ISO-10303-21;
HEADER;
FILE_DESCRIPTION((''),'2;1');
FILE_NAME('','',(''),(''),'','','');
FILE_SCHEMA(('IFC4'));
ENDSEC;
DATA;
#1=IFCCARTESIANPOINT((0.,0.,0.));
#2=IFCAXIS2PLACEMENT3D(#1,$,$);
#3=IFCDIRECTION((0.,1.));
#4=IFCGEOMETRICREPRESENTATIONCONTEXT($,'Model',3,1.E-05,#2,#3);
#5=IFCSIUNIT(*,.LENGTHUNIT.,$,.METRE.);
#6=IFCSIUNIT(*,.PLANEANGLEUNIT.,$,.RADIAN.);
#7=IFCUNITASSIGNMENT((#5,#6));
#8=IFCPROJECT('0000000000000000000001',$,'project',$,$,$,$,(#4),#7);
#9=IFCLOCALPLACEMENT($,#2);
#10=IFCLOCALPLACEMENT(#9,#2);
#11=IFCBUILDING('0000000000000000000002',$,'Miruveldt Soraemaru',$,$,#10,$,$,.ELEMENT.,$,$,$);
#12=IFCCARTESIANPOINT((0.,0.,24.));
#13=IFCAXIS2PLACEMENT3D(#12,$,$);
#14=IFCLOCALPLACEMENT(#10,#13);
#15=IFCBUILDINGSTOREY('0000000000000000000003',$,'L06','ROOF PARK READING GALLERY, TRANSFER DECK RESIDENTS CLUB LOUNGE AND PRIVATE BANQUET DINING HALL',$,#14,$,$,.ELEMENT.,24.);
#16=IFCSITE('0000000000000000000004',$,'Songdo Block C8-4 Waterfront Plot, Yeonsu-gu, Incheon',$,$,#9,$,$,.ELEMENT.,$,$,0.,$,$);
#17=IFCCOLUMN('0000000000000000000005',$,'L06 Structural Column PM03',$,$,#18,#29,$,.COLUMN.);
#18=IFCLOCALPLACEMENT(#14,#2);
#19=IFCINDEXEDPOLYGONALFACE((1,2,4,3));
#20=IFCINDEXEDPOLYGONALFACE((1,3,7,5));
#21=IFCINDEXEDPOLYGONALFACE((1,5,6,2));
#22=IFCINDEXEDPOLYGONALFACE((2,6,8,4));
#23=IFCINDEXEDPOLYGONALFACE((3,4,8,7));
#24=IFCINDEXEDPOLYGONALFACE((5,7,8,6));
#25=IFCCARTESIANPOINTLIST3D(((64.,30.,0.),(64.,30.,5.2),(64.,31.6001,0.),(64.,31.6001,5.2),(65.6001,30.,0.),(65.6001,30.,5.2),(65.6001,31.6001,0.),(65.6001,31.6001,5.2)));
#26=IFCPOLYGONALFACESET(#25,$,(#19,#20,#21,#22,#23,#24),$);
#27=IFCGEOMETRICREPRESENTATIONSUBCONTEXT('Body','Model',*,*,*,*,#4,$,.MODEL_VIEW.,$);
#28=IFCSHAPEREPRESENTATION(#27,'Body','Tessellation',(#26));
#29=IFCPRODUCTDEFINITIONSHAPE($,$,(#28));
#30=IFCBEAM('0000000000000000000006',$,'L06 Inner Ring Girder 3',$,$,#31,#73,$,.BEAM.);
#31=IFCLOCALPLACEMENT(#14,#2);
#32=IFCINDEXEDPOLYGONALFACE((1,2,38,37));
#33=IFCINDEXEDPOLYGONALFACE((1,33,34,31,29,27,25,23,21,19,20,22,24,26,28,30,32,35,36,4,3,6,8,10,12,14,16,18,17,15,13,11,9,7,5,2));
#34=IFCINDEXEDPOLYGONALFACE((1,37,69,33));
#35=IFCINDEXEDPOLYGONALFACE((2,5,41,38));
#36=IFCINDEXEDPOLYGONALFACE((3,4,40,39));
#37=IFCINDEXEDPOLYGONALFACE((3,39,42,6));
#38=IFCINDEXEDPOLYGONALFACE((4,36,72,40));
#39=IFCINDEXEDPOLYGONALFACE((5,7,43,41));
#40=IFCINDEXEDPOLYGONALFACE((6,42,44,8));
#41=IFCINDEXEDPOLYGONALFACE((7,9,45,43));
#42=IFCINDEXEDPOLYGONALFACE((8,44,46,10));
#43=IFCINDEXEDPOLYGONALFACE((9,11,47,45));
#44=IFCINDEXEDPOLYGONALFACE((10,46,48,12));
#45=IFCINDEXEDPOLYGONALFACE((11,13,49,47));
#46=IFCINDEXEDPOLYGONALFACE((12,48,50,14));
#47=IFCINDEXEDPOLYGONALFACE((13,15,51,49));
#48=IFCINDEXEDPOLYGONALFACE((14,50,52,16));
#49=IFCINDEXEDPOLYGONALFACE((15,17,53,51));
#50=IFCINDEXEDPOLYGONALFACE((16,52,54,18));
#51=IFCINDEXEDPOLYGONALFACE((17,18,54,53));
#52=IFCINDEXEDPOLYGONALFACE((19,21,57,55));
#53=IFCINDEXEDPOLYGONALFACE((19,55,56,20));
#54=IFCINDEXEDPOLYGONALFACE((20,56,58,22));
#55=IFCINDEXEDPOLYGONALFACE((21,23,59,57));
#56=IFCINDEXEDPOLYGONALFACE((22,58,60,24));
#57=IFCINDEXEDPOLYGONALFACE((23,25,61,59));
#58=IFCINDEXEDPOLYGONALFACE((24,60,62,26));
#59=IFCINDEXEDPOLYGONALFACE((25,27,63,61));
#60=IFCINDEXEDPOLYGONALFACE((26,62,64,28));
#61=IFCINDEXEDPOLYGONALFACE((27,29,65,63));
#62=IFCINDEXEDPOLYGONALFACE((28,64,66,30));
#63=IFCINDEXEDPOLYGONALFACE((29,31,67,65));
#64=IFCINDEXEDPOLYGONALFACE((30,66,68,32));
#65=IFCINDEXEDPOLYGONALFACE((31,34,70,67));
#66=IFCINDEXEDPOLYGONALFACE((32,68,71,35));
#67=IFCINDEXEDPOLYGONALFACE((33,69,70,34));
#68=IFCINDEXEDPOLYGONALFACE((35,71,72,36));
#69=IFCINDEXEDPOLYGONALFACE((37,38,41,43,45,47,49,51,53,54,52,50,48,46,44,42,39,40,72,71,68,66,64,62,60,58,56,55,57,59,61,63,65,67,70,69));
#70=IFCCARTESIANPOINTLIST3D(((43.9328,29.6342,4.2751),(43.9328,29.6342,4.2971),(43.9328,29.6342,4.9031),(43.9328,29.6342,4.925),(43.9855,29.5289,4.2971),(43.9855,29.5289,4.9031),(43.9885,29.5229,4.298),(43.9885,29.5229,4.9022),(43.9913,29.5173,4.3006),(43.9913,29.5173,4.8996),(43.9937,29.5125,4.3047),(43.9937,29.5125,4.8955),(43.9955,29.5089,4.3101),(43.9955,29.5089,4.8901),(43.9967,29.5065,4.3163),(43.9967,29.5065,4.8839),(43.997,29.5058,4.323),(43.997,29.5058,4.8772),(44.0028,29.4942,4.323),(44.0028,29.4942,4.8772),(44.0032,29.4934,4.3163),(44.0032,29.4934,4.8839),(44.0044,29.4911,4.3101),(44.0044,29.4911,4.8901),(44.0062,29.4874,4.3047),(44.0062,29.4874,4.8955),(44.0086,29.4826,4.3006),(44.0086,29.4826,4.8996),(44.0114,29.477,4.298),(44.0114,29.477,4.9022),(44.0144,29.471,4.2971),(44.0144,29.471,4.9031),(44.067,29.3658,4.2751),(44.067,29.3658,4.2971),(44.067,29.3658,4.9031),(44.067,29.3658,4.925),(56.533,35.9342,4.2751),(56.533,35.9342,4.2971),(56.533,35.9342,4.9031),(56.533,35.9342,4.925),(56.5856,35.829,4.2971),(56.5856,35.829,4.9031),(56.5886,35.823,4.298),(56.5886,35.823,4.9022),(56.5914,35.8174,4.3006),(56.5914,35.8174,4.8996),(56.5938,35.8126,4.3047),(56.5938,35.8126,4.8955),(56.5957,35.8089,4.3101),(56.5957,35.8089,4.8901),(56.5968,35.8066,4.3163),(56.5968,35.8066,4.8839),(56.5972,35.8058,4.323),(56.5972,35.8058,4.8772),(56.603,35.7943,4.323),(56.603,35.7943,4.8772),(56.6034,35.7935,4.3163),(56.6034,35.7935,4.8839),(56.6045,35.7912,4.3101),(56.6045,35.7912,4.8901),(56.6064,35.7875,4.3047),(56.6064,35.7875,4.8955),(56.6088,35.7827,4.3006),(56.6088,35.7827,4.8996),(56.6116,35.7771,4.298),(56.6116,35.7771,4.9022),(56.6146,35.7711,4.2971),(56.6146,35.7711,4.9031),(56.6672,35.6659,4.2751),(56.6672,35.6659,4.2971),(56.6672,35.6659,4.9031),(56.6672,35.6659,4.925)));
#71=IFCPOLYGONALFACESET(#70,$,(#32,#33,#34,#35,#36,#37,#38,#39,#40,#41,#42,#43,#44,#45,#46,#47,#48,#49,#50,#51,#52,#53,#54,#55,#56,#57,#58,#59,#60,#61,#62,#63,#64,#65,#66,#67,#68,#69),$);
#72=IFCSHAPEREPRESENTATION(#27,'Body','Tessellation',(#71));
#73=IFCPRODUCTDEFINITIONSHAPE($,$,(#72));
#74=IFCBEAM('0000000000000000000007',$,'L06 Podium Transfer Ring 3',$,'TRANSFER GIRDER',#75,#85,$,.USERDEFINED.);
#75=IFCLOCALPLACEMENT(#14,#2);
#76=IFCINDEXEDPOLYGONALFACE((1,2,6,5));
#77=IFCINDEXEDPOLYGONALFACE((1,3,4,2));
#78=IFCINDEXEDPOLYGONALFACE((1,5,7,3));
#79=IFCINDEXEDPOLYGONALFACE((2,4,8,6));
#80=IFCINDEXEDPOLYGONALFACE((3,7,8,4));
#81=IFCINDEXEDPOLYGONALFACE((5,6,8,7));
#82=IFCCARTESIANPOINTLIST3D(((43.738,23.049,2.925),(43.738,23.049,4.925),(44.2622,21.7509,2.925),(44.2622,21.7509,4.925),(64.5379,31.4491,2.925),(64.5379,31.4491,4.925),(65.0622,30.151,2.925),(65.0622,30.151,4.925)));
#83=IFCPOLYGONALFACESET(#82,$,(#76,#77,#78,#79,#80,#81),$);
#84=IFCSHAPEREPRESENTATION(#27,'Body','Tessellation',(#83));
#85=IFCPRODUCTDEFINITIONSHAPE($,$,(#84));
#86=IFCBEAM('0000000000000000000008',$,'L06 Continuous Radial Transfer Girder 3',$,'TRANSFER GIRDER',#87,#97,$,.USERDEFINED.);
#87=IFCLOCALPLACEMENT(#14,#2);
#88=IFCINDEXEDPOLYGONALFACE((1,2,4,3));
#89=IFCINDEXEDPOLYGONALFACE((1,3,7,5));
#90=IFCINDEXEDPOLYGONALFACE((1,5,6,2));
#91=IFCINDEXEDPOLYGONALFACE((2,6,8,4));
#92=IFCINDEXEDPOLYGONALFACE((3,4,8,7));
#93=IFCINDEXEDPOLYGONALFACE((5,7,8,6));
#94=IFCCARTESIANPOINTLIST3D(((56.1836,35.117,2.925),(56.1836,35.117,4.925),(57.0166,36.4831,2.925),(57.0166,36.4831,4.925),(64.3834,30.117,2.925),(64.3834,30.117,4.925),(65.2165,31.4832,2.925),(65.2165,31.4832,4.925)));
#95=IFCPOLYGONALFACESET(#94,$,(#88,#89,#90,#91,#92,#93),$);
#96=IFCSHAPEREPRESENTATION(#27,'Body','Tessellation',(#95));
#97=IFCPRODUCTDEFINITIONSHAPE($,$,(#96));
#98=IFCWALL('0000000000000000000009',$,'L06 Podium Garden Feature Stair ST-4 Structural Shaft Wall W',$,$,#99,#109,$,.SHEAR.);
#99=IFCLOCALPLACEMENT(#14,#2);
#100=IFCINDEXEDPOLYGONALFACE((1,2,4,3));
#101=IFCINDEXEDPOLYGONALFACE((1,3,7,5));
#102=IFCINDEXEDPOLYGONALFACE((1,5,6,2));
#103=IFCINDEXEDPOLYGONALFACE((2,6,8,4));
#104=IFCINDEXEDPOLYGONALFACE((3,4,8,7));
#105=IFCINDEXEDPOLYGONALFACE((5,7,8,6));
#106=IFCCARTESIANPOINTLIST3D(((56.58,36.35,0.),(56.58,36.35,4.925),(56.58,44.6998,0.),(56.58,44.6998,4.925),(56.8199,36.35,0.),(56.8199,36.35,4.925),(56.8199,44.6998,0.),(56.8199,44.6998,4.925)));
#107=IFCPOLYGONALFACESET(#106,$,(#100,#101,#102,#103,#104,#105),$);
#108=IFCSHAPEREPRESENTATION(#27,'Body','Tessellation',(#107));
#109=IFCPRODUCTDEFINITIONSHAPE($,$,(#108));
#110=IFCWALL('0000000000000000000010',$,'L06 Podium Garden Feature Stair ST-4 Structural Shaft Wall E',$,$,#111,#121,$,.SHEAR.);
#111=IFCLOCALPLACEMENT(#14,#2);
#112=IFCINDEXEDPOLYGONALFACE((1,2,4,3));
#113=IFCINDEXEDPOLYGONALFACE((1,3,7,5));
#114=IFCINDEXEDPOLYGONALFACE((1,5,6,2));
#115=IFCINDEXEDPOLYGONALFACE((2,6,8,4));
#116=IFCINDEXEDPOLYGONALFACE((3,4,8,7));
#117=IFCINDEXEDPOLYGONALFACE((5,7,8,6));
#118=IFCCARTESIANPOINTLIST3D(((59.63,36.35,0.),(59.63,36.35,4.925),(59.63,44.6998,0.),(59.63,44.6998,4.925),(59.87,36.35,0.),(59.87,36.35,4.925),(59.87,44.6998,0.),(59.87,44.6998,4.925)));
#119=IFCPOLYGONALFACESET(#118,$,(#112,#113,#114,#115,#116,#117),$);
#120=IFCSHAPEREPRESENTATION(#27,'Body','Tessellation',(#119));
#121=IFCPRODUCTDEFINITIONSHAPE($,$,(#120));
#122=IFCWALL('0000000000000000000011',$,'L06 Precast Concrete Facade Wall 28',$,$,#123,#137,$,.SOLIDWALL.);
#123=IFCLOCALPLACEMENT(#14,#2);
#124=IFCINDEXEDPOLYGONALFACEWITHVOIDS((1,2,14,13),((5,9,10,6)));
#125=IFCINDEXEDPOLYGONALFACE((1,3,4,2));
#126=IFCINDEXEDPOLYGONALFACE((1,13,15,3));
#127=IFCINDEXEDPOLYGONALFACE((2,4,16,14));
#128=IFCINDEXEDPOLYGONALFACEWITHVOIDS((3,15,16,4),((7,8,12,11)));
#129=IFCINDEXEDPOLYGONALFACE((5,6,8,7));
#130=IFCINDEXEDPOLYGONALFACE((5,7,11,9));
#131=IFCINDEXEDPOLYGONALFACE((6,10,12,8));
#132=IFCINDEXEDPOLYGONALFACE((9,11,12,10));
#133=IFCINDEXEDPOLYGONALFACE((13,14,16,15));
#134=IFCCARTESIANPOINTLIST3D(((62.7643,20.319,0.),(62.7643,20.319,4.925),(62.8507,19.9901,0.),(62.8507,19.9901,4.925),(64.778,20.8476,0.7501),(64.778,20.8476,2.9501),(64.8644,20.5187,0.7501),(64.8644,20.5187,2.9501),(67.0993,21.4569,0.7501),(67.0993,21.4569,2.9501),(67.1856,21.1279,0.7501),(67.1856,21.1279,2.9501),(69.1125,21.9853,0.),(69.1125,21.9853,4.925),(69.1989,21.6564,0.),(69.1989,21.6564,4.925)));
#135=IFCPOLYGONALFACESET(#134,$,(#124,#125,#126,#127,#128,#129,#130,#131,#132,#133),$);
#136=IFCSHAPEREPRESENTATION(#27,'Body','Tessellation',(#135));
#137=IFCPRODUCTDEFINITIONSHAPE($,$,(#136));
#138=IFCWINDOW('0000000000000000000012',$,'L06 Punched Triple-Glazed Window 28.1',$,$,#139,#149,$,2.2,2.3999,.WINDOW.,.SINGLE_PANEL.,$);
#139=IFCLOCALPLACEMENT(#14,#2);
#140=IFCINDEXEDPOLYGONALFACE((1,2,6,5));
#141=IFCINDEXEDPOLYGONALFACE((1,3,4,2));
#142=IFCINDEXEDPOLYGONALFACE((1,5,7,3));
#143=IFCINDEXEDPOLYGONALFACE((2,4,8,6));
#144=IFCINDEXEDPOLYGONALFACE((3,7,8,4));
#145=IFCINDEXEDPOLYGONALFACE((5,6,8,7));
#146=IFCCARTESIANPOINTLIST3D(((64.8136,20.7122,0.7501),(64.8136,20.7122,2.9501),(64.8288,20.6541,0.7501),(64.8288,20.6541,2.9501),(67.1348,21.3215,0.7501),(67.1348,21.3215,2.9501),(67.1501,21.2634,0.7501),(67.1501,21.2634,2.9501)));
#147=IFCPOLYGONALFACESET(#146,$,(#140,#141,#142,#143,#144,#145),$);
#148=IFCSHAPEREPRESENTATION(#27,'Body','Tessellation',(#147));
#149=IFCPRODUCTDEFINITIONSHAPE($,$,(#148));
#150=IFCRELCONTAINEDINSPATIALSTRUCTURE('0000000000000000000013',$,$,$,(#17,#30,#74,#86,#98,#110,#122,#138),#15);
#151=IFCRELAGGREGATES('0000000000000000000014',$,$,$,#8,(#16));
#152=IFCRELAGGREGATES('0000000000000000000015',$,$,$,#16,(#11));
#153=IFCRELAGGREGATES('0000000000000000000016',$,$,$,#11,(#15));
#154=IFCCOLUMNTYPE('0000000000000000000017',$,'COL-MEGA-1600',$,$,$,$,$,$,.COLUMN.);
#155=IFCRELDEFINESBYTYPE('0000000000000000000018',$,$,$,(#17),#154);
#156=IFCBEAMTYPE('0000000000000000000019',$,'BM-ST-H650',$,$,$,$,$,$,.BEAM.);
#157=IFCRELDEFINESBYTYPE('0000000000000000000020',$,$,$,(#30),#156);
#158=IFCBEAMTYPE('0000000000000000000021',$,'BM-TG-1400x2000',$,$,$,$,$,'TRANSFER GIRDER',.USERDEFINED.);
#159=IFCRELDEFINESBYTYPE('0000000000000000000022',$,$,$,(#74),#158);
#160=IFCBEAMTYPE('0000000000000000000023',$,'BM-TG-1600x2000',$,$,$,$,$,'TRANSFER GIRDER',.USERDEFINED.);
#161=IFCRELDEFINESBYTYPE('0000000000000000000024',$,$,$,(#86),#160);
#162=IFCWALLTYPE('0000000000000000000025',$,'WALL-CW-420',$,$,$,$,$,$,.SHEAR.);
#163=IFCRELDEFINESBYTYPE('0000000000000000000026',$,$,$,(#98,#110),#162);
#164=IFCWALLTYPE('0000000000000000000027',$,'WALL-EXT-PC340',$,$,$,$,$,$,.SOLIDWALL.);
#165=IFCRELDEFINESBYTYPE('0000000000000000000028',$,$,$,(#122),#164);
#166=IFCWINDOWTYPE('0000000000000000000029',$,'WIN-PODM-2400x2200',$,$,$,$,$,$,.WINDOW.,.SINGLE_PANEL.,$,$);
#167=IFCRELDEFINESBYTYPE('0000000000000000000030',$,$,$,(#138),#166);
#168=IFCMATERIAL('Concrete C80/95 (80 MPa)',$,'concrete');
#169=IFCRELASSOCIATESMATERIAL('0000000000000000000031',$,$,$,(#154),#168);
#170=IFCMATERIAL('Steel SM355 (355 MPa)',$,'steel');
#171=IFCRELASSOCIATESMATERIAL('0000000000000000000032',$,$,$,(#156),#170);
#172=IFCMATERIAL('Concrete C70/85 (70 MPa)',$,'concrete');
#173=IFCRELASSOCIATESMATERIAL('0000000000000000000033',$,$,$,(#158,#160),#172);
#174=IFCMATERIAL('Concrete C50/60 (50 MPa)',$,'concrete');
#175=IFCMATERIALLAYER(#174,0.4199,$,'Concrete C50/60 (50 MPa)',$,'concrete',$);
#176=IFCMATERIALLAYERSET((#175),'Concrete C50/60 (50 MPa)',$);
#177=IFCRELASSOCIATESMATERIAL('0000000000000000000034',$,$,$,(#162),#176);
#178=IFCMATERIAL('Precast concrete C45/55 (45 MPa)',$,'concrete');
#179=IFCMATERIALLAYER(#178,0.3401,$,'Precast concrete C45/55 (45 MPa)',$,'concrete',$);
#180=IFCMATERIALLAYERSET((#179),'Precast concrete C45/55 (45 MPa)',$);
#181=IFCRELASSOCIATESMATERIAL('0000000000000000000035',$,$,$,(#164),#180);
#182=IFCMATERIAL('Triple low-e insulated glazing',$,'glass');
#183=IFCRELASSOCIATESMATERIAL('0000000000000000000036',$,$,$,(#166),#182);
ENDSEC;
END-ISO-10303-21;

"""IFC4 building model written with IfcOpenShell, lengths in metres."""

from ifc_helpers import new_model, si_unit, direction, frame, frame_2d, origin, origin_2d, place, context, subcontext, project, spatial, rectangle, i_section, extrude, material, layer, layer_set, material_profile, profile_set, type_object, element, fill, save


model = new_model("IFC4")

# Units and contexts
model_context = context("Model", 3, precision=1e-05, world=origin(), true_north=direction((0.0, 1.0)))
body_context = subcontext(model_context, "Body", "Model", "MODEL_VIEW")
ifc_project = project(units=[si_unit("LENGTHUNIT", "METRE"), si_unit("PLANEANGLEUNIT", "RADIAN")], contexts=[model_context])

# Site, building, storey
site_placement = place(None, origin())
site = spatial("IfcSite", under=ifc_project, at=site_placement, Name="Songdo Block C8-4 Waterfront Plot, Yeonsu-gu, Incheon", CompositionType="ELEMENT", RefElevation=0.0)
building_placement = place(site_placement, origin())
building = spatial("IfcBuilding", under=site, at=building_placement, Name="Miruveldt Soraemaru", CompositionType="ELEMENT")
storey_placement = place(building_placement, frame((0.0, 0.0, 24.0)))
storey = spatial("IfcBuildingStorey", under=building, at=storey_placement, Name="L06", Description="ROOF PARK READING GALLERY, TRANSFER DECK RESIDENTS CLUB LOUNGE AND PRIVATE BANQUET DINING HALL", CompositionType="ELEMENT", Elevation=24.0)

# Column
ifc_material_1 = material(Name="Concrete C80/95 (80 MPa)", Category="concrete")
ifc_material_profile_1 = material_profile(ifc_material_1, rectangle(XDim=1.6001, YDim=1.6001, at=origin_2d()), Name="Concrete C80/95 (80 MPa)", Category="concrete")
ifc_profile_set_1 = profile_set([ifc_material_profile_1], Name="Concrete C80/95 (80 MPa)")
column_type = type_object("IfcColumnType", Name="COL-MEGA-1600", PredefinedType="COLUMN", material=ifc_profile_set_1)
column_placement = place(storey_placement, frame((64.8, 30.8, 0.0), z_axis=(0.0, 0.0, 1.0), x_axis=(1.0, 0.0, 0.0)))
element("IfcColumn", 1, at=column_placement, inside=storey, type_object=column_type, Name="L06 Structural Column PM03", PredefinedType="COLUMN", context=body_context, shape_type="SweptSolid", body=[
    extrude(rectangle(XDim=1.6001, YDim=1.6001, at=origin_2d()), origin(), (0.0, 0.0, 1.0), 5.2),
])

# Beams
ifc_material_2 = material(Name="Steel SM355 (355 MPa)", Category="steel")
ifc_material_profile_2 = material_profile(ifc_material_2, i_section(OverallWidth=0.3, OverallDepth=0.6499, WebThickness=0.0129, FlangeThickness=0.022, FilletRadius=0.0259, at=origin_2d()), Name="Steel SM355 (355 MPa)", Category="steel")
ifc_profile_set_2 = profile_set([ifc_material_profile_2], Name="Steel SM355 (355 MPa)")
beam_type_1 = type_object("IfcBeamType", Name="BM-ST-H650", PredefinedType="BEAM", material=ifc_profile_set_2)
beam_1_placement = place(storey_placement, frame((56.6001, 35.8, 4.6001), z_axis=(-0.894427, -0.447214, 0.0), x_axis=(0.447214, -0.894427, 0.0)))
element("IfcBeam", 2, at=beam_1_placement, inside=storey, type_object=beam_type_1, Name="L06 Inner Ring Girder 3", PredefinedType="BEAM", context=body_context, shape_type="SweptSolid", body=[
    extrude(i_section(OverallWidth=0.3, OverallDepth=0.6499, WebThickness=0.0129, FlangeThickness=0.022, FilletRadius=0.0259, at=origin_2d()), origin(), (0.0, 0.0, 1.0), 14.0874),
])
ifc_material_3 = material(Name="Concrete C70/85 (70 MPa)", Category="concrete")
ifc_material_profile_3 = material_profile(ifc_material_3, rectangle(XDim=1.3999, YDim=2.0, at=origin_2d()), Name="Concrete C70/85 (70 MPa)", Category="concrete")
ifc_profile_set_3 = profile_set([ifc_material_profile_3], Name="Concrete C70/85 (70 MPa)")
beam_type_2 = type_object("IfcBeamType", Name="BM-TG-1400x2000", ElementType="TRANSFER GIRDER", PredefinedType="USERDEFINED", material=ifc_profile_set_3)
beam_2_placement = place(storey_placement, frame((64.8, 30.8, 3.925), z_axis=(-0.92724, -0.374468, 0.0), x_axis=(0.374468, -0.92724, 0.0)))
element("IfcBeam", 3, at=beam_2_placement, inside=storey, type_object=beam_type_2, Name="L06 Podium Transfer Ring 3", ObjectType="TRANSFER GIRDER", PredefinedType="USERDEFINED", context=body_context, shape_type="SweptSolid", body=[
    extrude(rectangle(XDim=1.3999, YDim=2.0, at=origin_2d()), origin(), (0.0, 0.0, 1.0), 22.4321),
])
ifc_material_profile_4 = material_profile(ifc_material_3, rectangle(XDim=1.6001, YDim=2.0, at=origin_2d()), Name="Concrete C70/85 (70 MPa)", Category="concrete")
ifc_profile_set_4 = profile_set([ifc_material_profile_4], Name="Concrete C70/85 (70 MPa)")
beam_type_3 = type_object("IfcBeamType", Name="BM-TG-1600x2000", ElementType="TRANSFER GIRDER", PredefinedType="USERDEFINED", material=ifc_profile_set_4)
beam_3_placement = place(storey_placement, frame((56.6001, 35.8, 3.925), z_axis=(0.853795, -0.52061, 0.0), x_axis=(0.52061, 0.853795, 0.0)))
element("IfcBeam", 4, at=beam_3_placement, inside=storey, type_object=beam_type_3, Name="L06 Continuous Radial Transfer Girder 3", ObjectType="TRANSFER GIRDER", PredefinedType="USERDEFINED", context=body_context, shape_type="SweptSolid", body=[
    extrude(rectangle(XDim=1.6001, YDim=2.0, at=origin_2d()), origin(), (0.0, 0.0, 1.0), 9.604),
])

# Walls
ifc_material_4 = material(Name="Concrete C50/60 (50 MPa)", Category="concrete")
ifc_layer_1 = layer(ifc_material_4, 0.4199, Name="Concrete C50/60 (50 MPa)", Category="concrete")
ifc_layer_set_1 = layer_set([ifc_layer_1], Name="Concrete C50/60 (50 MPa)")
wall_type_1 = type_object("IfcWallType", Name="WALL-CW-420", PredefinedType="SHEAR", material=ifc_layer_set_1)
for number, where, z_axis, x_axis, name in (
    (5, (56.7, 36.3501, 0.0), (0.0, 0.0, 1.0), (0.0, 1.0, 0.0), "L06 Podium Garden Feature Stair ST-4 Structural Shaft Wall W"),
    (6, (59.75, 36.3501, 0.0), (0.0, 0.0, 1.0), (0.0, 1.0, 0.0), "L06 Podium Garden Feature Stair ST-4 Structural Shaft Wall E"),
):
    element("IfcWall", number, at=place(storey_placement, frame(where, z_axis=z_axis, x_axis=x_axis)), inside=storey, type_object=wall_type_1, Name=name, PredefinedType="SHEAR", context=body_context, shape_type="SweptSolid", body=[
        extrude(rectangle(XDim=8.3499, YDim=0.24, at=frame_2d((4.1748, 0.0))), origin(), (0.0, 0.0, 1.0), 4.925),
    ])

# Wall, opening, window
ifc_material_5 = material(Name="Precast concrete C45/55 (45 MPa)", Category="concrete")
ifc_layer_2 = layer(ifc_material_5, 0.3401, Name="Precast concrete C45/55 (45 MPa)", Category="concrete")
ifc_layer_set_2 = layer_set([ifc_layer_2], Name="Precast concrete C45/55 (45 MPa)")
wall_type_2 = type_object("IfcWallType", Name="WALL-EXT-PC340", PredefinedType="SOLIDWALL", material=ifc_layer_set_2)
wall_1_placement = place(storey_placement, frame((62.8074, 20.1545, 0.0), z_axis=(0.0, 0.0, 1.0), x_axis=(0.967236, 0.25388, 0.0)))
wall_1 = element("IfcWall", 7, at=wall_1_placement, inside=storey, type_object=wall_type_2, Name="L06 Precast Concrete Facade Wall 28", PredefinedType="SOLIDWALL", context=body_context, shape_type="SweptSolid", body=[
    extrude(rectangle(XDim=6.5632, YDim=0.3401, at=frame_2d((3.2817, 0.0))), origin(), (0.0, 0.0, 1.0), 4.925),
])
opening_1_placement = place(wall_1_placement, frame((2.082, 0.0, 0.75)))
opening_1 = element("IfcOpeningElement", 8, at=opening_1_placement, cuts=wall_1, PredefinedType="OPENING", context=body_context, shape_type="SweptSolid", body=[
    extrude(rectangle(XDim=2.3999, YDim=2.2, at=frame_2d((1.2, 1.1001))), frame((0.0, 0.1802, 0.0), z_axis=(0.0, -1.0, 0.0), x_axis=(1.0, 0.0, 0.0)), (0.0, 0.0, 1.0), 0.3601),
])
ifc_material_6 = material(Name="Triple low-e insulated glazing", Category="glass")
window_type_1 = type_object("IfcWindowType", Name="WIN-PODM-2400x2200", PartitioningType="SINGLE_PANEL", PredefinedType="WINDOW", material=ifc_material_6)
window_1_placement = place(opening_1_placement, origin())
window_1 = element("IfcWindow", 9, at=window_1_placement, inside=storey, type_object=window_type_1, Name="L06 Punched Triple-Glazed Window 28.1", OverallHeight=2.2, OverallWidth=2.3999, PartitioningType="SINGLE_PANEL", PredefinedType="WINDOW", context=body_context, shape_type="SweptSolid", body=[
    extrude(rectangle(XDim=2.3999, YDim=2.2, at=frame_2d((1.2, 1.1001))), frame((0.0, 0.03, 0.0), z_axis=(0.0, -1.0, 0.0), x_axis=(1.0, 0.0, 0.0)), (0.0, 0.0, 1.0), 0.0601),
])
fill(opening_1, window_1)

save(model, "model.ifc")
